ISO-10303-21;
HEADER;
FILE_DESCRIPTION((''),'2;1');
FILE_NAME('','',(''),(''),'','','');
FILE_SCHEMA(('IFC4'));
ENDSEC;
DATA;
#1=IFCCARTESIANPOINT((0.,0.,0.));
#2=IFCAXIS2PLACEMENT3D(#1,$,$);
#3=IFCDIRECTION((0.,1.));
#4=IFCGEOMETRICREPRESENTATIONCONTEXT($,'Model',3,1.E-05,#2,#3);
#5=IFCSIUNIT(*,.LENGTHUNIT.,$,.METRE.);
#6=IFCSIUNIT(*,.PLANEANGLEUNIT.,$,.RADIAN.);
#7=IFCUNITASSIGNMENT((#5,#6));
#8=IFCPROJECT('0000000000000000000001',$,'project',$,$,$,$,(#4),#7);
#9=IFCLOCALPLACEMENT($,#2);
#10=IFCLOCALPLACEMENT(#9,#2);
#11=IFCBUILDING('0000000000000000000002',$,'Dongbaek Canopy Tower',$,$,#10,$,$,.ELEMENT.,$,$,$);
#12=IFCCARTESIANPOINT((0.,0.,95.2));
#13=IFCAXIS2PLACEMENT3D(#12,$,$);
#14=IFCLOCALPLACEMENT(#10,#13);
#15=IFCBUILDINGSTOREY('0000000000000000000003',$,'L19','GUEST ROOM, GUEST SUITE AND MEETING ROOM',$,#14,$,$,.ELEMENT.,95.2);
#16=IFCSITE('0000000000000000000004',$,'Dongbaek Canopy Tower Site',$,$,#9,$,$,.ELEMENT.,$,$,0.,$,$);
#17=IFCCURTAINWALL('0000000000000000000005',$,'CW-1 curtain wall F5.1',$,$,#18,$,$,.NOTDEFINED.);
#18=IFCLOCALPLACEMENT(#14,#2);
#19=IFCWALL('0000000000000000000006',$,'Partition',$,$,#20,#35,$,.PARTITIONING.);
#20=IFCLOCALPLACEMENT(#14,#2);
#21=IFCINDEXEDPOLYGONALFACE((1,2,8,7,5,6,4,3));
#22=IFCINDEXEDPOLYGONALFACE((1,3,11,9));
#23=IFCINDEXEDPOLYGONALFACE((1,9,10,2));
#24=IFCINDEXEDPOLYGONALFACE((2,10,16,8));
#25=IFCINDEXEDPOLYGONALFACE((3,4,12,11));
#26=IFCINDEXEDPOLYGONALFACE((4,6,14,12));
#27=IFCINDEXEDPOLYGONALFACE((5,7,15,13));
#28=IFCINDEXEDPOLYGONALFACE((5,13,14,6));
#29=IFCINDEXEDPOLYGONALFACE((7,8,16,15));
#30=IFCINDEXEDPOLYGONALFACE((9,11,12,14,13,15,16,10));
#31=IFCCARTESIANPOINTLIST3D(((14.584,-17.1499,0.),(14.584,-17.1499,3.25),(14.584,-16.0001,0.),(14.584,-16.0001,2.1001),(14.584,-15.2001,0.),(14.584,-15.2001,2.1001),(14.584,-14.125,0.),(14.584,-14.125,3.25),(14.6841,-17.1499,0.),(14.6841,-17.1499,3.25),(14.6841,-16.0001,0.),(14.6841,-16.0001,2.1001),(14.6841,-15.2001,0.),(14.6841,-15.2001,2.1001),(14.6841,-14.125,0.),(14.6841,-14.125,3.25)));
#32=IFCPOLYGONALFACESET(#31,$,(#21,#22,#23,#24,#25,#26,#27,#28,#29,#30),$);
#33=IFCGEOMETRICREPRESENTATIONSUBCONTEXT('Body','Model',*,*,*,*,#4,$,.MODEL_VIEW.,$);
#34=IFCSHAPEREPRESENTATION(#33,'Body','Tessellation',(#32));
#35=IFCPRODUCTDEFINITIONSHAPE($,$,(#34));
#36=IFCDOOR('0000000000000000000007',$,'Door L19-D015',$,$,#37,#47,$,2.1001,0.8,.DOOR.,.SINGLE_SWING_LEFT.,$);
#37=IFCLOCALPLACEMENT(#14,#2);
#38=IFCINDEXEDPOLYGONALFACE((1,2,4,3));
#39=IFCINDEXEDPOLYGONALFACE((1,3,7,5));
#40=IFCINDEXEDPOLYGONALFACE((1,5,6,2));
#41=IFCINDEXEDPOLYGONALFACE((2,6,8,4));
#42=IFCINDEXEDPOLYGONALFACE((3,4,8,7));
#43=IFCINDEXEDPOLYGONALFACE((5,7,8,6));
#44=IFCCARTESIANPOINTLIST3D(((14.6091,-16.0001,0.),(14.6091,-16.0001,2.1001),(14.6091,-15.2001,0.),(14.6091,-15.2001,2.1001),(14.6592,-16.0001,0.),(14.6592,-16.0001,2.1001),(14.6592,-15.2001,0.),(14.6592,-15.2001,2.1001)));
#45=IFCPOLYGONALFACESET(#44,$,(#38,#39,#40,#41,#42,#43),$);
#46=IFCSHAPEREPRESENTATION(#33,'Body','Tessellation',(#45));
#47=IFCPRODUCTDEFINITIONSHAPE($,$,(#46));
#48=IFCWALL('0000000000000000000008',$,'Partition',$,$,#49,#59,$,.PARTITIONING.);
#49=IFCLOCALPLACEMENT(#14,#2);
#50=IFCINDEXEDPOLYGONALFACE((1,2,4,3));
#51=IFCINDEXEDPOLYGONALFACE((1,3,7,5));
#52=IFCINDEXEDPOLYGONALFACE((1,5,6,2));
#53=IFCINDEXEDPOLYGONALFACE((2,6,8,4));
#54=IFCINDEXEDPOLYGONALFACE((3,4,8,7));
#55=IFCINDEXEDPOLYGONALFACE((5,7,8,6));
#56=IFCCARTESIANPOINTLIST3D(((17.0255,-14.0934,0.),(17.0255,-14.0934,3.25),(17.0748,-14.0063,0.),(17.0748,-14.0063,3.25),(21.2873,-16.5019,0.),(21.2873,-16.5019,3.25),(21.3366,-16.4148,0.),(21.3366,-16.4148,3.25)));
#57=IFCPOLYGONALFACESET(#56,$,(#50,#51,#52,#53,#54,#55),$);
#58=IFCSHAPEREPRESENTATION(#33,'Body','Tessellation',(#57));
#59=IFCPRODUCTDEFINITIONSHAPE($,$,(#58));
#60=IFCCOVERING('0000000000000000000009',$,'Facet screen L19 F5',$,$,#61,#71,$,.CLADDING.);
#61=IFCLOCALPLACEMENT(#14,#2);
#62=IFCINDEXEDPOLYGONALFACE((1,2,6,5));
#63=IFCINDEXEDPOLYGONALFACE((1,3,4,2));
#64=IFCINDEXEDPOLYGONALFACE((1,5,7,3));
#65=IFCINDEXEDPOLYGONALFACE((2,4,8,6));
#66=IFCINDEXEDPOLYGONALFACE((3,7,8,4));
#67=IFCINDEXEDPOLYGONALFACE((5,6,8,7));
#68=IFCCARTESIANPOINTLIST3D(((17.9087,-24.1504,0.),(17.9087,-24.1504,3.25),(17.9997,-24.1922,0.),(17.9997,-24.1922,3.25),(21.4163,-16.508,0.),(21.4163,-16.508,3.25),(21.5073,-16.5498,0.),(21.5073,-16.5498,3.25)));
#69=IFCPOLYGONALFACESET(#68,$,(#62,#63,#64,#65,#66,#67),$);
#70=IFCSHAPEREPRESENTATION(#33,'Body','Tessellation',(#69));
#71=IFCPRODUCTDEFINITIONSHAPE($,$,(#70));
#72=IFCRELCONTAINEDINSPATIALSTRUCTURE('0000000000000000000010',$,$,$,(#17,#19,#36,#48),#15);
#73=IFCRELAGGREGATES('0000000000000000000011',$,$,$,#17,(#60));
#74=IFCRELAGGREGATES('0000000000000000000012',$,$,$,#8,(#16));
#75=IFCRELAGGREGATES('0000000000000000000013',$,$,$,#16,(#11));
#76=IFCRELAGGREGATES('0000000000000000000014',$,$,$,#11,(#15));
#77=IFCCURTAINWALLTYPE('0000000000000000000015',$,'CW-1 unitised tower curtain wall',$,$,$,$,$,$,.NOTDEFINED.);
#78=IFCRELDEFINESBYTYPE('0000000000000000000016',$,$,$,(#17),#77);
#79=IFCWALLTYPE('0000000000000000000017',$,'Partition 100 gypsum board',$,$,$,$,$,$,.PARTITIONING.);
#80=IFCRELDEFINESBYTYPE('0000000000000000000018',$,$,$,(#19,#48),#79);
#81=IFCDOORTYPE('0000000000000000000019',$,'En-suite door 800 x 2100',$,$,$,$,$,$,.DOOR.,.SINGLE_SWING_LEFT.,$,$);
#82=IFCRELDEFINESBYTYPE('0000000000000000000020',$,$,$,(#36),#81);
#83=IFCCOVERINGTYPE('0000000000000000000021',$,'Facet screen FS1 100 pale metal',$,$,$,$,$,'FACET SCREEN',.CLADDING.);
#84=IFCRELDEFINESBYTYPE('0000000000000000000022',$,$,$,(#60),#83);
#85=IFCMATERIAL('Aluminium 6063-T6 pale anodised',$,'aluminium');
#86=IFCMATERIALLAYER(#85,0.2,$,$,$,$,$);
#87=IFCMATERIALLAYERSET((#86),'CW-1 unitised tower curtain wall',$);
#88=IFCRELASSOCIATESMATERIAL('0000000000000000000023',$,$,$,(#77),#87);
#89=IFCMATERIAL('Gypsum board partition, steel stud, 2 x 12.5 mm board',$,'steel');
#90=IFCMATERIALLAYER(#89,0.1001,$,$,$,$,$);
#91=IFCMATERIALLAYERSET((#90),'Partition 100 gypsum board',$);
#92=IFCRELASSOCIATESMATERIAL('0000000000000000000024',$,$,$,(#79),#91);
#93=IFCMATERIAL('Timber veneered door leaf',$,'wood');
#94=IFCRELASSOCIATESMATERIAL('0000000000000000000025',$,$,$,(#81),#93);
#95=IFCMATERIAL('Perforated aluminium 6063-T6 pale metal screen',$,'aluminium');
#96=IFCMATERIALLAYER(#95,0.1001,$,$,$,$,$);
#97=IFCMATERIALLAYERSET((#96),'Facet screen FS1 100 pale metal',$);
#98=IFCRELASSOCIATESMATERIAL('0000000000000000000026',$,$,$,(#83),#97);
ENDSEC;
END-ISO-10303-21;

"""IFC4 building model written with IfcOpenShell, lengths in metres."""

from ifc_helpers import new_model, si_unit, direction, frame, frame_2d, origin, origin_2d, place, context, subcontext, project, spatial, rectangle, extrude, material, layer, layer_set, type_object, element, fill, aggregate, save


model = new_model("IFC4")

# Units and contexts
model_context = context("Model", 3, precision=1e-05, world=origin(), true_north=direction((0.0, 1.0)))
body_context = subcontext(model_context, "Body", "Model", "MODEL_VIEW")
ifc_project = project(units=[si_unit("LENGTHUNIT", "METRE"), si_unit("PLANEANGLEUNIT", "RADIAN")], contexts=[model_context])

# Site, building, storey
site_placement = place(None, origin())
site = spatial("IfcSite", under=ifc_project, at=site_placement, Name="Dongbaek Canopy Tower Site", CompositionType="ELEMENT", RefElevation=0.0)
building_placement = place(site_placement, origin())
building = spatial("IfcBuilding", under=site, at=building_placement, Name="Dongbaek Canopy Tower", CompositionType="ELEMENT")
storey_placement = place(building_placement, frame((0.0, 0.0, 95.2)))
storey = spatial("IfcBuildingStorey", under=building, at=storey_placement, Name="L19", Description="GUEST ROOM, GUEST SUITE AND MEETING ROOM", CompositionType="ELEMENT", Elevation=95.2)

# Curtain wall
ifc_material_1 = material(Name="Aluminium 6063-T6 pale anodised", Category="aluminium")
ifc_layer_1 = layer(ifc_material_1, 0.2)
ifc_layer_set_1 = layer_set([ifc_layer_1], Name="CW-1 unitised tower curtain wall")
curtain_wall_type = type_object("IfcCurtainWallType", Name="CW-1 unitised tower curtain wall", PredefinedType="NOTDEFINED", material=ifc_layer_set_1)
curtain_wall_placement = place(storey_placement, origin())
curtain_wall = element("IfcCurtainWall", 1, at=curtain_wall_placement, inside=storey, type_object=curtain_wall_type, Name="CW-1 curtain wall F5.1", PredefinedType="NOTDEFINED")

# Wall, opening, door
ifc_material_2 = material(Name="Gypsum board partition, steel stud, 2 x 12.5 mm board", Category="steel")
ifc_layer_2 = layer(ifc_material_2, 0.1001)
ifc_layer_set_2 = layer_set([ifc_layer_2], Name="Partition 100 gypsum board")
wall_type_1 = type_object("IfcWallType", Name="Partition 100 gypsum board", PredefinedType="PARTITIONING", material=ifc_layer_set_2)
wall_1_placement = place(storey_placement, frame((14.634, -17.1499, 0.0), z_axis=(0.0, 0.0, 1.0), x_axis=(0.0, 1.0, 0.0)))
wall_1 = element("IfcWall", 2, at=wall_1_placement, inside=storey, type_object=wall_type_1, Name="Partition", PredefinedType="PARTITIONING", context=body_context, shape_type="SweptSolid", body=[
    extrude(rectangle(XDim=3.0249, YDim=0.1001, at=frame_2d((1.5125, 0.0))), origin(), (0.0, 0.0, 1.0), 3.25),
])
opening_1_placement = place(wall_1_placement, frame((1.1499, 0.0, 0.0)))
opening_1 = element("IfcOpeningElement", 3, at=opening_1_placement, cuts=wall_1, PredefinedType="OPENING", context=body_context, shape_type="SweptSolid", body=[
    extrude(rectangle(XDim=0.8, YDim=2.1001, at=frame_2d((0.3999, 1.05))), frame((0.0, 0.0601, 0.0), z_axis=(0.0, -1.0, 0.0), x_axis=(1.0, 0.0, 0.0)), (0.0, 0.0, 1.0), 0.1201),
])
ifc_material_3 = material(Name="Timber veneered door leaf", Category="wood")
door_type_1 = type_object("IfcDoorType", Name="En-suite door 800 x 2100", OperationType="SINGLE_SWING_LEFT", PredefinedType="DOOR", material=ifc_material_3)
door_1_placement = place(opening_1_placement, origin())
door_1 = element("IfcDoor", 4, at=door_1_placement, inside=storey, type_object=door_type_1, Name="Door L19-D015", OperationType="SINGLE_SWING_LEFT", OverallHeight=2.1001, OverallWidth=0.8, PredefinedType="DOOR", context=body_context, shape_type="SweptSolid", body=[
    extrude(rectangle(XDim=0.8, YDim=2.1001, at=frame_2d((0.3999, 1.05))), frame((0.0, 0.0249, 0.0), z_axis=(0.0, -1.0, 0.0), x_axis=(1.0, 0.0, 0.0)), (0.0, 0.0, 1.0), 0.05),
])
fill(opening_1, door_1)

# Wall
wall_2_placement = place(storey_placement, frame((17.05, -14.0498, 0.0), z_axis=(0.0, 0.0, 1.0), x_axis=(0.870593, -0.492003, 0.0)))
element("IfcWall", 5, at=wall_2_placement, inside=storey, type_object=wall_type_1, Name="Partition", PredefinedType="PARTITIONING", context=body_context, shape_type="SweptSolid", body=[
    extrude(rectangle(XDim=4.8953, YDim=0.1001, at=frame_2d((2.4478, 0.0))), origin(), (0.0, 0.0, 1.0), 3.25),
])

# Covering
ifc_material_4 = material(Name="Perforated aluminium 6063-T6 pale metal screen", Category="aluminium")
ifc_layer_3 = layer(ifc_material_4, 0.1001)
ifc_layer_set_3 = layer_set([ifc_layer_3], Name="Facet screen FS1 100 pale metal")
covering_type = type_object("IfcCoveringType", Name="Facet screen FS1 100 pale metal", ElementType="FACET SCREEN", PredefinedType="CLADDING", material=ifc_layer_set_3)
covering_placement = place(storey_placement, frame((19.708, -20.3501, 0.0), z_axis=(0.0, 0.0, 1.0), x_axis=(0.417126, 0.908848, 0.0)))
covering = element("IfcCovering", 6, at=covering_placement, type_object=covering_type, Name="Facet screen L19 F5", PredefinedType="CLADDING", context=body_context, shape_type="SweptSolid", body=[
    extrude(rectangle(XDim=8.4089, YDim=0.1001, at=origin_2d()), origin(), (0.0, 0.0, 1.0), 3.25),
])
aggregate(curtain_wall, [covering])

save(model, "model.ifc")
